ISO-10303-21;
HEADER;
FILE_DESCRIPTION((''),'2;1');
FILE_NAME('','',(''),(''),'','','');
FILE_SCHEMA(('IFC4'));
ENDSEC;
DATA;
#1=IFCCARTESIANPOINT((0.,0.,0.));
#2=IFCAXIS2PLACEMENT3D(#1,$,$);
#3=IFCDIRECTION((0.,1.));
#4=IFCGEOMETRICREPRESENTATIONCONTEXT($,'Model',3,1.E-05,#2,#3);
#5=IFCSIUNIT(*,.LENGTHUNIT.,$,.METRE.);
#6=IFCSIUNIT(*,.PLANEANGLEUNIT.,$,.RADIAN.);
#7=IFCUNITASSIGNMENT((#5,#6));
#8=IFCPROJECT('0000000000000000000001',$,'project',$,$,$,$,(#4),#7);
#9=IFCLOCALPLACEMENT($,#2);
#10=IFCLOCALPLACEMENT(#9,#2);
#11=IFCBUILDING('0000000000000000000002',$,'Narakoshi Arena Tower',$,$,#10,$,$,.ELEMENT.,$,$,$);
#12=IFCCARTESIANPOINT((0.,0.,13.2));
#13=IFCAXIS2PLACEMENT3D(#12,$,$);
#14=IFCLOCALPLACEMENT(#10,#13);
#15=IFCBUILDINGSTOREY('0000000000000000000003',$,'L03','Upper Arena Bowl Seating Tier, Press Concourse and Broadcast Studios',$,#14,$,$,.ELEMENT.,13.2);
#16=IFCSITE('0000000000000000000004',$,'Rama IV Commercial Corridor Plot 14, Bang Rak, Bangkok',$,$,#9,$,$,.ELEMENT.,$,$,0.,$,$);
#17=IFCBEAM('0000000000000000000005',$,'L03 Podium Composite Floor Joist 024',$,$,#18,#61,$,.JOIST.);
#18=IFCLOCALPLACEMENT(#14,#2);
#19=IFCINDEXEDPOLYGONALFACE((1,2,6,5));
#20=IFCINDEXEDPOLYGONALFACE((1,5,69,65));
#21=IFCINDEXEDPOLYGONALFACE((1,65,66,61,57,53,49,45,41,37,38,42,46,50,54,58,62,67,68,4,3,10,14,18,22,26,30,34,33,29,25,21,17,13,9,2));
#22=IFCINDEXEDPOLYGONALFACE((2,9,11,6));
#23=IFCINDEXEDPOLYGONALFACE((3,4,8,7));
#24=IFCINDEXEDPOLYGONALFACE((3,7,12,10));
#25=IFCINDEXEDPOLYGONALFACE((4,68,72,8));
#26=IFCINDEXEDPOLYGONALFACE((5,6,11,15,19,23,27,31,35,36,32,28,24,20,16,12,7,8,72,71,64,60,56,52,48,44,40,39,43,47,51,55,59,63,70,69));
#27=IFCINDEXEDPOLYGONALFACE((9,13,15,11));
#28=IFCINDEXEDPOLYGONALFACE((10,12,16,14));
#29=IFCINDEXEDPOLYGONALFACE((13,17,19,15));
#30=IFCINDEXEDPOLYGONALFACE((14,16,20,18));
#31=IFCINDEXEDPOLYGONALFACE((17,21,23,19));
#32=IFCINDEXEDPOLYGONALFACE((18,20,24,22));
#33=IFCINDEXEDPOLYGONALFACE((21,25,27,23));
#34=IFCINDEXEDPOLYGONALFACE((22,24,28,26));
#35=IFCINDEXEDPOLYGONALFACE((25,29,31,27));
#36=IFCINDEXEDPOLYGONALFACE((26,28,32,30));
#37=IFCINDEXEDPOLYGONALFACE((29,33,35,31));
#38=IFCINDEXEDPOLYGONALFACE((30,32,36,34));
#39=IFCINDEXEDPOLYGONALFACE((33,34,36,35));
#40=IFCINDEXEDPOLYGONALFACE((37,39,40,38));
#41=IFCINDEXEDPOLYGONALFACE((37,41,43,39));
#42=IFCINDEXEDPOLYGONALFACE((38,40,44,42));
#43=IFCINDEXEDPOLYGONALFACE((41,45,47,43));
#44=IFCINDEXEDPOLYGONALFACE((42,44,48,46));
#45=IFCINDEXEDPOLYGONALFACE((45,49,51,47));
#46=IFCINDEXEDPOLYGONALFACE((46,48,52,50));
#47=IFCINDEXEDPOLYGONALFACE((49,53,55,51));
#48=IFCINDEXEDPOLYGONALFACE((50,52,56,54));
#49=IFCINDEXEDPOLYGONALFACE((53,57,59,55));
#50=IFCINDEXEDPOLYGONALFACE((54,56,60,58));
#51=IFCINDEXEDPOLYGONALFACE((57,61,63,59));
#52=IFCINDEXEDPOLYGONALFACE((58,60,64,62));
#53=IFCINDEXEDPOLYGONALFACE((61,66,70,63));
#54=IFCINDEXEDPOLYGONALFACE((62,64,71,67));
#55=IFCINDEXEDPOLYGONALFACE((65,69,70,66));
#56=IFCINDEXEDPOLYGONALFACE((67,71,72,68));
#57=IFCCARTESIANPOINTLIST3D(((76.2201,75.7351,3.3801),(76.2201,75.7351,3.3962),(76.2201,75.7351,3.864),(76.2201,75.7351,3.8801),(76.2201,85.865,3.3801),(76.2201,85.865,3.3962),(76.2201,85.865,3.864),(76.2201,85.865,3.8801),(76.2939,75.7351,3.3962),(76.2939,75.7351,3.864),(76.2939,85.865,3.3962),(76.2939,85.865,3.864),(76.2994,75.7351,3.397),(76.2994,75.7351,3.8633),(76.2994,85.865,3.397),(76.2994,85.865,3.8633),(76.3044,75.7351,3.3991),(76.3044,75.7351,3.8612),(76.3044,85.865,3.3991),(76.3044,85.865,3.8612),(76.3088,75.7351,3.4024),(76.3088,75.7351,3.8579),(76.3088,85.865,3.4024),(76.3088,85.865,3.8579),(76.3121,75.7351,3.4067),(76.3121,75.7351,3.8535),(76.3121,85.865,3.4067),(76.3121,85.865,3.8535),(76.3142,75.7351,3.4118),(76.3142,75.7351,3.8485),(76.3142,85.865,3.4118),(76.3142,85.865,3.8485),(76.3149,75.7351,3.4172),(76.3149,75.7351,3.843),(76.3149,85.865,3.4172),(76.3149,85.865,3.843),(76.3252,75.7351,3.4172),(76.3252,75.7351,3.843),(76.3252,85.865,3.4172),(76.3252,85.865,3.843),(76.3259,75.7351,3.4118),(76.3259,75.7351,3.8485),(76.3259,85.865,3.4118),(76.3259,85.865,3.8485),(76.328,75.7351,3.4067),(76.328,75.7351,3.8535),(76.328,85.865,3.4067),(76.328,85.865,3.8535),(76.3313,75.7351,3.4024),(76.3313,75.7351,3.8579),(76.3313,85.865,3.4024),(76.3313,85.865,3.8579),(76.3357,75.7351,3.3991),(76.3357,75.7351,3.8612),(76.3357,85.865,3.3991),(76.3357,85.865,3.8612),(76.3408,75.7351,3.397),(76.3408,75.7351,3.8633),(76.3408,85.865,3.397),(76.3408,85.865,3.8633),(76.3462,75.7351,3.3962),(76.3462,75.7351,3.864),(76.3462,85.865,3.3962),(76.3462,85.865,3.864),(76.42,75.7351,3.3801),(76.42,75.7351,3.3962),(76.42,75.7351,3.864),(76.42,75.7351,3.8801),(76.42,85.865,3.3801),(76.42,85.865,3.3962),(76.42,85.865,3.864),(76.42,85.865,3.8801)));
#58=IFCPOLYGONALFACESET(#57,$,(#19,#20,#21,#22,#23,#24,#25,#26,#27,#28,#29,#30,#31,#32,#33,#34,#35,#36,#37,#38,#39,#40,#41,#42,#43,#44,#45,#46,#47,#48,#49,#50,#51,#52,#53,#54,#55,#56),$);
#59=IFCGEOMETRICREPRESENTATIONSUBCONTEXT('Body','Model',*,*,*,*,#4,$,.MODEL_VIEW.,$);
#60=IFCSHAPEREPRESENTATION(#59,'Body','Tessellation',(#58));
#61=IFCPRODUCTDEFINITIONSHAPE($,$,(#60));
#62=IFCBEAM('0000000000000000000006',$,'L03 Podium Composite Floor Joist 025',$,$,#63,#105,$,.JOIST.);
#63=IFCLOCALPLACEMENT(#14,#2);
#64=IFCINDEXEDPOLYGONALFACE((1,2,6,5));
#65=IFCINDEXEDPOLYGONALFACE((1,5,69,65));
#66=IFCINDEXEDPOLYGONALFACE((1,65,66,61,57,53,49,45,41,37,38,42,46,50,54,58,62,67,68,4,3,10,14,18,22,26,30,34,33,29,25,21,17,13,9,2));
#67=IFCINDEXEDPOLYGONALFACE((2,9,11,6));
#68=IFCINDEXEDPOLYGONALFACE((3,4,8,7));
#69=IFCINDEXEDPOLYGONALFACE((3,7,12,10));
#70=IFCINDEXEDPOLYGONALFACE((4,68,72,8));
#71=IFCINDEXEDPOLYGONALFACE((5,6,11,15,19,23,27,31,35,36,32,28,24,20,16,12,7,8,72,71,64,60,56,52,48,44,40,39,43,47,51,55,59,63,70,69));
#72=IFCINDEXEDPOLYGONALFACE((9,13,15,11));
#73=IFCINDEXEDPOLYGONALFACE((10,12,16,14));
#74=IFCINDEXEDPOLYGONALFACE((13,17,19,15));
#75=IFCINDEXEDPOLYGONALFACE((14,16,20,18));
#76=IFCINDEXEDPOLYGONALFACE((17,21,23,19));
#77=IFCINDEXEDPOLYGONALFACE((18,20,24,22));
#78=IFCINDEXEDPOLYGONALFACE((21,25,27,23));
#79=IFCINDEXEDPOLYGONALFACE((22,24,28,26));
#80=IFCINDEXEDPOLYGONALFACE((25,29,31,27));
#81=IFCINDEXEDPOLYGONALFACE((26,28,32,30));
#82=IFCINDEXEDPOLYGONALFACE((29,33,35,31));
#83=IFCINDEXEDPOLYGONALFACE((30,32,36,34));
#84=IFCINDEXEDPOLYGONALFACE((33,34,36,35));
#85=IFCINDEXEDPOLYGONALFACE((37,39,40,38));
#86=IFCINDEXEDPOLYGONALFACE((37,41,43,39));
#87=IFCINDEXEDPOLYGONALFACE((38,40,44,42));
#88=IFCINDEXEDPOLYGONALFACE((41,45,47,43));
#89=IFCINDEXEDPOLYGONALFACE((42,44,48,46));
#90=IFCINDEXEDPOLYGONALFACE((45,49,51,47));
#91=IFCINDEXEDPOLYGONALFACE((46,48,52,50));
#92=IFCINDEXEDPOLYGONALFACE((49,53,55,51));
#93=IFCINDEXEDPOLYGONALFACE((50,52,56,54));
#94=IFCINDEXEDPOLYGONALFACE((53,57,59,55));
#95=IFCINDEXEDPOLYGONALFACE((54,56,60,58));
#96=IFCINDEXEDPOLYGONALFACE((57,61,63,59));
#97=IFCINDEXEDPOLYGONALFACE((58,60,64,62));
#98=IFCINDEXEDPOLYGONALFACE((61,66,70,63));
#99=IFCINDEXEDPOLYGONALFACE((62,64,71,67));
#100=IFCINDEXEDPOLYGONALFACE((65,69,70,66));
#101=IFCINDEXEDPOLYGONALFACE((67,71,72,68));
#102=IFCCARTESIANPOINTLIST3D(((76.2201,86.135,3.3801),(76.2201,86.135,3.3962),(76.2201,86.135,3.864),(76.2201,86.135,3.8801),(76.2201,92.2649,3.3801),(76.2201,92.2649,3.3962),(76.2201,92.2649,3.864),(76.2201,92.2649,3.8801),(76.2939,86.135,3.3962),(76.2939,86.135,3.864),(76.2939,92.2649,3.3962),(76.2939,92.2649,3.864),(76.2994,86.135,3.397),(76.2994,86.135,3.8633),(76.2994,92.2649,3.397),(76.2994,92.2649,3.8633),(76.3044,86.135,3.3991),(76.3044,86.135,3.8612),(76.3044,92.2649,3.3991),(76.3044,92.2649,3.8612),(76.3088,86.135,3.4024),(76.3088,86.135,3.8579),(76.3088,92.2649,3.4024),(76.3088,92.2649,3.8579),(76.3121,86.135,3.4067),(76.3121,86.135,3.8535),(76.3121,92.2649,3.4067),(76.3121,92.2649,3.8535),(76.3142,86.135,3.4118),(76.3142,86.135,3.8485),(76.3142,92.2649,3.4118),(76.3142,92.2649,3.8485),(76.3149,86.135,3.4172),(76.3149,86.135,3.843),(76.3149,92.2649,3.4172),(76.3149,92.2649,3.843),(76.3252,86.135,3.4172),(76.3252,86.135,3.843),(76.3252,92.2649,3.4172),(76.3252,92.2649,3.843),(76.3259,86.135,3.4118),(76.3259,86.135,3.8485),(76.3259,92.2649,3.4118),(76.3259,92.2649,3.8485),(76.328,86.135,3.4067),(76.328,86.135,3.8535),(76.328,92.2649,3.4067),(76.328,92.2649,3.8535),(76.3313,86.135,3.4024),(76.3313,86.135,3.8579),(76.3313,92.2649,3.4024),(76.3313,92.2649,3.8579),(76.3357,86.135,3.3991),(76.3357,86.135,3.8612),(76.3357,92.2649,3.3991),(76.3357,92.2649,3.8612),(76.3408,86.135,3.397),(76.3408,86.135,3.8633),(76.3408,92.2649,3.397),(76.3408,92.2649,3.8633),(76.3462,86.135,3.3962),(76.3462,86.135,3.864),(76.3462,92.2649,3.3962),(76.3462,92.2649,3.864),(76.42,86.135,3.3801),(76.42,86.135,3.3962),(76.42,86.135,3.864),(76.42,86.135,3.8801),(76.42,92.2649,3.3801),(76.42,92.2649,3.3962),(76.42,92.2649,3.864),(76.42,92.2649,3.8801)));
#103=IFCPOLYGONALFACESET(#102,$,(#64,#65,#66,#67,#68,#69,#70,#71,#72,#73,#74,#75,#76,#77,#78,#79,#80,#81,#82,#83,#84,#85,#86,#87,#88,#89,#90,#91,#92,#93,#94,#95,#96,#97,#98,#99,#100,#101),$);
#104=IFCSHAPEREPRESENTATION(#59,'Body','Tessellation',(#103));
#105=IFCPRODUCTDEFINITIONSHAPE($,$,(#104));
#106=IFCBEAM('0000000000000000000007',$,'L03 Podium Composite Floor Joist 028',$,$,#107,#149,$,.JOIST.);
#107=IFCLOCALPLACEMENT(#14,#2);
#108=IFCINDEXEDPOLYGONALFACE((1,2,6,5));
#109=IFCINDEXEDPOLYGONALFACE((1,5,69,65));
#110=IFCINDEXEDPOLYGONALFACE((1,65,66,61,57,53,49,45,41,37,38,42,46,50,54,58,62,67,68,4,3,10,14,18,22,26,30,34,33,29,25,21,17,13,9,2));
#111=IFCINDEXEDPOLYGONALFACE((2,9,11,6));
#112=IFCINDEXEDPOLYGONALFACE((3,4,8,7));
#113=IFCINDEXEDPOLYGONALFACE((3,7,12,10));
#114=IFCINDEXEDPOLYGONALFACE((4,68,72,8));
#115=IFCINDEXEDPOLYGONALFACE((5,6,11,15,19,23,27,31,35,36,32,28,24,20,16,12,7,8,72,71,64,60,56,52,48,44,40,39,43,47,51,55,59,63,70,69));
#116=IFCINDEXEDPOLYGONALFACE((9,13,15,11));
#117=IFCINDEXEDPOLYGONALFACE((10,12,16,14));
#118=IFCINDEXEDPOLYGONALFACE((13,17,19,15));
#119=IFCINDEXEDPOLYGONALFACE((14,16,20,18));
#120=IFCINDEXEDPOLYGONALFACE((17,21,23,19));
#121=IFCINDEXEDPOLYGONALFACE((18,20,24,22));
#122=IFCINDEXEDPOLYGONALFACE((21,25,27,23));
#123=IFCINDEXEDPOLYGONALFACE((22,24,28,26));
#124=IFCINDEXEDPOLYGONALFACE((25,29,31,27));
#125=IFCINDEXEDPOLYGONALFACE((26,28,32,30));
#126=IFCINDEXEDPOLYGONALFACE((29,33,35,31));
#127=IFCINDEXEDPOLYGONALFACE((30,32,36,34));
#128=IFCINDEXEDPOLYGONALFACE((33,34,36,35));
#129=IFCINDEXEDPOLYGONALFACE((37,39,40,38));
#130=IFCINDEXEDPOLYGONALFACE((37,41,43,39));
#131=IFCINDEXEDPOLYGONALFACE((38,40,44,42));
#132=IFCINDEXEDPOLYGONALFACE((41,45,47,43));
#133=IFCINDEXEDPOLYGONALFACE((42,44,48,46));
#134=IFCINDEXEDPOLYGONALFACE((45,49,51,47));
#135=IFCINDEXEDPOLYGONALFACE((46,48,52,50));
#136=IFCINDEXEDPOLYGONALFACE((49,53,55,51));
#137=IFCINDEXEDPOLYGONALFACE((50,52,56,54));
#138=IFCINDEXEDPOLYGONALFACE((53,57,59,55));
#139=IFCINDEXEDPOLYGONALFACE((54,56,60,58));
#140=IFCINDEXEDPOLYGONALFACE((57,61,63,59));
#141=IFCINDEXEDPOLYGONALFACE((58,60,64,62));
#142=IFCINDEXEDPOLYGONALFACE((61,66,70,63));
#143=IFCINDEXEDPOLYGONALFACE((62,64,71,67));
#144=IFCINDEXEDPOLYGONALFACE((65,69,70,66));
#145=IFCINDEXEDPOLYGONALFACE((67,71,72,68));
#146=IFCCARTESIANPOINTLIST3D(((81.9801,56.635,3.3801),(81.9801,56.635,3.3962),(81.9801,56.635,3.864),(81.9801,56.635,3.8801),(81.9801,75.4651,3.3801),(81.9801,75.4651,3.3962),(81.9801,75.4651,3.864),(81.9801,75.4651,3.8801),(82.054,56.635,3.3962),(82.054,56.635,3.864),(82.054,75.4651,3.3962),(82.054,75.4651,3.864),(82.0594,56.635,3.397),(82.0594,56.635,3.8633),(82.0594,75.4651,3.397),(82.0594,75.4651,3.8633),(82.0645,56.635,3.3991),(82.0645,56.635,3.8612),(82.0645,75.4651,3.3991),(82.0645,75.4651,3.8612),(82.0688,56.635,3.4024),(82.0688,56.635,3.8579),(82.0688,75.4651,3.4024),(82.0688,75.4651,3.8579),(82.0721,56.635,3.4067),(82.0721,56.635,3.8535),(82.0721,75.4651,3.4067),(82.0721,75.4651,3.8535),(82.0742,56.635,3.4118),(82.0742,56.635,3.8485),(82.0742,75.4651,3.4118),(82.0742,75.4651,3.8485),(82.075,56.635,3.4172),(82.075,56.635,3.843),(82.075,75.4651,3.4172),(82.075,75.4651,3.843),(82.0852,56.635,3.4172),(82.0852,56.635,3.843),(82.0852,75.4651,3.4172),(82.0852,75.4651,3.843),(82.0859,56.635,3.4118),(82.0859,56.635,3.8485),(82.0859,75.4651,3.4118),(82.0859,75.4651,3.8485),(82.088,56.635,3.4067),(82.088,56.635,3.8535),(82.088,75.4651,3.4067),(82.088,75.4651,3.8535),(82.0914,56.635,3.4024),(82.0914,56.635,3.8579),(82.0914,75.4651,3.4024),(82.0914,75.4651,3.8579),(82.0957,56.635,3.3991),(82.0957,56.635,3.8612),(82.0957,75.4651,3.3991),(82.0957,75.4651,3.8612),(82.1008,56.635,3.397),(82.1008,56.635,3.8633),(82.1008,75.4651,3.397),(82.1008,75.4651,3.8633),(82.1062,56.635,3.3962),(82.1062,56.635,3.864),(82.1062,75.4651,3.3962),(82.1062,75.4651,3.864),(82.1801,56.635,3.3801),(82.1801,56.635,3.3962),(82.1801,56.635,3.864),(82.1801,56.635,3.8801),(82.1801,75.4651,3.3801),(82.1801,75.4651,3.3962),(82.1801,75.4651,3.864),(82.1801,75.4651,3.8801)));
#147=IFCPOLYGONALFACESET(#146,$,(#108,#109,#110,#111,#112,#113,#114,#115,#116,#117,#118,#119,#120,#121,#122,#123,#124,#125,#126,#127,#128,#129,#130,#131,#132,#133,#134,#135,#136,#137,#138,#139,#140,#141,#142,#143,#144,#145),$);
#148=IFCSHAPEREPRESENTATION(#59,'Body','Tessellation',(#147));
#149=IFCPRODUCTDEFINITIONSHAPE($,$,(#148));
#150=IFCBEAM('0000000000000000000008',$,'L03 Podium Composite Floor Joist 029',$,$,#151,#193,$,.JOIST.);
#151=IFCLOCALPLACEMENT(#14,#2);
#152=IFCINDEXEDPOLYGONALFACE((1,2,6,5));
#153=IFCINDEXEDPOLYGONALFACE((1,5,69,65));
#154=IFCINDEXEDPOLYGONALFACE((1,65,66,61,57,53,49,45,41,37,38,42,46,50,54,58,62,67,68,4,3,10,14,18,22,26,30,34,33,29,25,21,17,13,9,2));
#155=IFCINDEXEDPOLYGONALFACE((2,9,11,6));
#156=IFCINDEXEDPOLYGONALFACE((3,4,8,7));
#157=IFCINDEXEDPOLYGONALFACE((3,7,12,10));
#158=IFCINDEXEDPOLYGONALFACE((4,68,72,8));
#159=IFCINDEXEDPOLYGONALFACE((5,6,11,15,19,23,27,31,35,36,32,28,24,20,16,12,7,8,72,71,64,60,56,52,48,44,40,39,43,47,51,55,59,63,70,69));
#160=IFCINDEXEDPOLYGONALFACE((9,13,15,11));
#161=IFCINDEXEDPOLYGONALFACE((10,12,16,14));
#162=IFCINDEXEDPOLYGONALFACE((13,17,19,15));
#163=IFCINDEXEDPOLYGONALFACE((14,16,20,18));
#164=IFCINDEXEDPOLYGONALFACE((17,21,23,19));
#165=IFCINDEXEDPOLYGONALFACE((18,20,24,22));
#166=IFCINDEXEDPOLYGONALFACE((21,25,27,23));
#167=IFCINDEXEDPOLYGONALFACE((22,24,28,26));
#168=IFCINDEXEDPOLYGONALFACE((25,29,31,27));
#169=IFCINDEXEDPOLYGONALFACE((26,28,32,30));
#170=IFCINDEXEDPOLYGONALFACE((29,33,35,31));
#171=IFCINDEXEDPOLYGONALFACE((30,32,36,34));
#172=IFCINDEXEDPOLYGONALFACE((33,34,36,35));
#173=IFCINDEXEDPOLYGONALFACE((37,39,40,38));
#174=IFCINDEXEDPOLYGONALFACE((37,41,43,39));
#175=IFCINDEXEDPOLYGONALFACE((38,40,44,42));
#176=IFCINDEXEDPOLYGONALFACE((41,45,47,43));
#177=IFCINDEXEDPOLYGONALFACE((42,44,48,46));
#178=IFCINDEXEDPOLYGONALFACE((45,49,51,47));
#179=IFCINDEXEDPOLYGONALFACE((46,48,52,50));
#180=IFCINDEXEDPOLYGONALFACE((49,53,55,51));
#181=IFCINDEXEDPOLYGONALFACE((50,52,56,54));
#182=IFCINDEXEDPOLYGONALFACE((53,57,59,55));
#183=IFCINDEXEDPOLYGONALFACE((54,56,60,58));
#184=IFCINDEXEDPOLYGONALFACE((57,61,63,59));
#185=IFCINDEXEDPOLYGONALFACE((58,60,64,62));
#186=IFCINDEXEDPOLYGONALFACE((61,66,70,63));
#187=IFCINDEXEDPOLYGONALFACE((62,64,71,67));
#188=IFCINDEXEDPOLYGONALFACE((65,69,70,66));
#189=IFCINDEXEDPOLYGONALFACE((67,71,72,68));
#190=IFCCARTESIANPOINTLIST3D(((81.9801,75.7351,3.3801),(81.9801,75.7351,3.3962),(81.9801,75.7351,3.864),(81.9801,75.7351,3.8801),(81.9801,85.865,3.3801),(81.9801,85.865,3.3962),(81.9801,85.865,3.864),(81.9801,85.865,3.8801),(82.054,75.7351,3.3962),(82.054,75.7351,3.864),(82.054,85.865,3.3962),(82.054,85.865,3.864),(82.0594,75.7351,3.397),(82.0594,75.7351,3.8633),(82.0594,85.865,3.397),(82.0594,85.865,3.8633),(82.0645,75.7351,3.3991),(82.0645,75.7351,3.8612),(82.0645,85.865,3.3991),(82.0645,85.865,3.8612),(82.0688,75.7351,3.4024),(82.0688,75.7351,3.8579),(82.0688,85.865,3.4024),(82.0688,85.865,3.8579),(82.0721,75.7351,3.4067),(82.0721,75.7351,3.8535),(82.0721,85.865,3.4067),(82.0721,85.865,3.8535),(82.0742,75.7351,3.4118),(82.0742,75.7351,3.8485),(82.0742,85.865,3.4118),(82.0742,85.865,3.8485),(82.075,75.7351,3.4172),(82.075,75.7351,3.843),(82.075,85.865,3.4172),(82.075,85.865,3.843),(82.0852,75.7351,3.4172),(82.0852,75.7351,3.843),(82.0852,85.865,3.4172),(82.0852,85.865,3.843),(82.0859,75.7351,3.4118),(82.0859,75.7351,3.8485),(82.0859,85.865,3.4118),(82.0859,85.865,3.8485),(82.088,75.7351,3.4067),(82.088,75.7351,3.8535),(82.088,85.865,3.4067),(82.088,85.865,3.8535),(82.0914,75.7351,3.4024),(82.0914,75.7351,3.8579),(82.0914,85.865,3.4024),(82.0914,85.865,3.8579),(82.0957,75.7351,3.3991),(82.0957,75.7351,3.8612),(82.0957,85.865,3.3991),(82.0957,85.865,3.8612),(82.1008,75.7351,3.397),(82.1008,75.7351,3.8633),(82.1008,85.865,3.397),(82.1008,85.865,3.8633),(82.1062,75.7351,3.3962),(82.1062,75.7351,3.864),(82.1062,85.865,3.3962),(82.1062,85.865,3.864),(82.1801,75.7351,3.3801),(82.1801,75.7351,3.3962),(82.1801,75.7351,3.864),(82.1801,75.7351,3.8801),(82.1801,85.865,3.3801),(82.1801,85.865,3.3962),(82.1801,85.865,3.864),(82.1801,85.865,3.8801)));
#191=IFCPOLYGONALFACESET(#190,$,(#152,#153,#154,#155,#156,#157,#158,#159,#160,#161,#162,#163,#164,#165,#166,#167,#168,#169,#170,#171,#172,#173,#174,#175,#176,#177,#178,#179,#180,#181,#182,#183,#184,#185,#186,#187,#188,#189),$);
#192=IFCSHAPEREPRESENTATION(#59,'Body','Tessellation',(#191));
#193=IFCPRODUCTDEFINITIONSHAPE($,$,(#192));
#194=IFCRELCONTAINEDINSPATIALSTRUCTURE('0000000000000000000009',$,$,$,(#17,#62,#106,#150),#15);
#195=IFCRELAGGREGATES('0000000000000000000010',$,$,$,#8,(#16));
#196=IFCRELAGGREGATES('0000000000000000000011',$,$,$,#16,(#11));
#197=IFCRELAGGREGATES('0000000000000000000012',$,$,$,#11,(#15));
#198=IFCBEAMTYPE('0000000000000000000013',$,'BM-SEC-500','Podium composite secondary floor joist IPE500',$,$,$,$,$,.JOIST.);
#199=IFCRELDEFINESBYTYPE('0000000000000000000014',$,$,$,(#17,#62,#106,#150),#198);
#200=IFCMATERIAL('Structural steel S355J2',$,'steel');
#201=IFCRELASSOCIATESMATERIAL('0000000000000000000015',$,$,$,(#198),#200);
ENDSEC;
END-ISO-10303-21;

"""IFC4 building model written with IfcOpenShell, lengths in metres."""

from ifc_helpers import new_model, si_unit, direction, frame, origin, origin_2d, place, context, subcontext, project, spatial, i_section, extrude, material, material_profile, profile_set, type_object, element, save


model = new_model("IFC4")

# Units and contexts
model_context = context("Model", 3, precision=1e-05, world=origin(), true_north=direction((0.0, 1.0)))
body_context = subcontext(model_context, "Body", "Model", "MODEL_VIEW")
ifc_project = project(units=[si_unit("LENGTHUNIT", "METRE"), si_unit("PLANEANGLEUNIT", "RADIAN")], contexts=[model_context])

# Site, building, storey
site_placement = place(None, origin())
site = spatial("IfcSite", under=ifc_project, at=site_placement, Name="Rama IV Commercial Corridor Plot 14, Bang Rak, Bangkok", CompositionType="ELEMENT", RefElevation=0.0)
building_placement = place(site_placement, origin())
building = spatial("IfcBuilding", under=site, at=building_placement, Name="Narakoshi Arena Tower", CompositionType="ELEMENT")
storey_placement = place(building_placement, frame((0.0, 0.0, 13.2)))
storey = spatial("IfcBuildingStorey", under=building, at=storey_placement, Name="L03", Description="Upper Arena Bowl Seating Tier, Press Concourse and Broadcast Studios", CompositionType="ELEMENT", Elevation=13.2)

# Beams
ifc_material_1 = material(Name="Structural steel S355J2", Category="steel")
ifc_material_profile_1 = material_profile(ifc_material_1, i_section(OverallWidth=0.2, OverallDepth=0.5, WebThickness=0.0103, FlangeThickness=0.0161, FilletRadius=0.021, at=origin_2d()), Name="IPE500")
ifc_profile_set_1 = profile_set([ifc_material_profile_1], Name="Structural steel S355J2")
beam_type_1 = type_object("IfcBeamType", Name="BM-SEC-500", Description="Podium composite secondary floor joist IPE500", PredefinedType="JOIST", material=ifc_profile_set_1)
beam_1_placement = place(storey_placement, frame((76.3201, 75.7351, 3.6301), z_axis=(0.0, 1.0, 0.0), x_axis=(-1.0, 0.0, 0.0)))
element("IfcBeam", 1, at=beam_1_placement, inside=storey, type_object=beam_type_1, Name="L03 Podium Composite Floor Joist 024", PredefinedType="JOIST", context=body_context, shape_type="SweptSolid", body=[
    extrude(i_section(OverallWidth=0.2, OverallDepth=0.5, WebThickness=0.0103, FlangeThickness=0.0161, FilletRadius=0.021, at=origin_2d()), origin(), (0.0, 0.0, 1.0), 10.1299),
])
beam_2_placement = place(storey_placement, frame((76.3201, 86.135, 3.6301), z_axis=(0.0, 1.0, 0.0), x_axis=(-1.0, 0.0, 0.0)))
element("IfcBeam", 2, at=beam_2_placement, inside=storey, type_object=beam_type_1, Name="L03 Podium Composite Floor Joist 025", PredefinedType="JOIST", context=body_context, shape_type="SweptSolid", body=[
    extrude(i_section(OverallWidth=0.2, OverallDepth=0.5, WebThickness=0.0103, FlangeThickness=0.0161, FilletRadius=0.021, at=origin_2d()), origin(), (0.0, 0.0, 1.0), 6.1299),
])
beam_3_placement = place(storey_placement, frame((82.0801, 56.635, 3.6301), z_axis=(0.0, 1.0, 0.0), x_axis=(-1.0, 0.0, 0.0)))
element("IfcBeam", 3, at=beam_3_placement, inside=storey, type_object=beam_type_1, Name="L03 Podium Composite Floor Joist 028", PredefinedType="JOIST", context=body_context, shape_type="SweptSolid", body=[
    extrude(i_section(OverallWidth=0.2, OverallDepth=0.5, WebThickness=0.0103, FlangeThickness=0.0161, FilletRadius=0.021, at=origin_2d()), origin(), (0.0, 0.0, 1.0), 18.8301),
])
beam_4_placement = place(storey_placement, frame((82.0801, 75.7351, 3.6301), z_axis=(0.0, 1.0, 0.0), x_axis=(-1.0, 0.0, 0.0)))
element("IfcBeam", 4, at=beam_4_placement, inside=storey, type_object=beam_type_1, Name="L03 Podium Composite Floor Joist 029", PredefinedType="JOIST", context=body_context, shape_type="SweptSolid", body=[
    extrude(i_section(OverallWidth=0.2, OverallDepth=0.5, WebThickness=0.0103, FlangeThickness=0.0161, FilletRadius=0.021, at=origin_2d()), origin(), (0.0, 0.0, 1.0), 10.1299),
])

save(model, "model.ifc")
